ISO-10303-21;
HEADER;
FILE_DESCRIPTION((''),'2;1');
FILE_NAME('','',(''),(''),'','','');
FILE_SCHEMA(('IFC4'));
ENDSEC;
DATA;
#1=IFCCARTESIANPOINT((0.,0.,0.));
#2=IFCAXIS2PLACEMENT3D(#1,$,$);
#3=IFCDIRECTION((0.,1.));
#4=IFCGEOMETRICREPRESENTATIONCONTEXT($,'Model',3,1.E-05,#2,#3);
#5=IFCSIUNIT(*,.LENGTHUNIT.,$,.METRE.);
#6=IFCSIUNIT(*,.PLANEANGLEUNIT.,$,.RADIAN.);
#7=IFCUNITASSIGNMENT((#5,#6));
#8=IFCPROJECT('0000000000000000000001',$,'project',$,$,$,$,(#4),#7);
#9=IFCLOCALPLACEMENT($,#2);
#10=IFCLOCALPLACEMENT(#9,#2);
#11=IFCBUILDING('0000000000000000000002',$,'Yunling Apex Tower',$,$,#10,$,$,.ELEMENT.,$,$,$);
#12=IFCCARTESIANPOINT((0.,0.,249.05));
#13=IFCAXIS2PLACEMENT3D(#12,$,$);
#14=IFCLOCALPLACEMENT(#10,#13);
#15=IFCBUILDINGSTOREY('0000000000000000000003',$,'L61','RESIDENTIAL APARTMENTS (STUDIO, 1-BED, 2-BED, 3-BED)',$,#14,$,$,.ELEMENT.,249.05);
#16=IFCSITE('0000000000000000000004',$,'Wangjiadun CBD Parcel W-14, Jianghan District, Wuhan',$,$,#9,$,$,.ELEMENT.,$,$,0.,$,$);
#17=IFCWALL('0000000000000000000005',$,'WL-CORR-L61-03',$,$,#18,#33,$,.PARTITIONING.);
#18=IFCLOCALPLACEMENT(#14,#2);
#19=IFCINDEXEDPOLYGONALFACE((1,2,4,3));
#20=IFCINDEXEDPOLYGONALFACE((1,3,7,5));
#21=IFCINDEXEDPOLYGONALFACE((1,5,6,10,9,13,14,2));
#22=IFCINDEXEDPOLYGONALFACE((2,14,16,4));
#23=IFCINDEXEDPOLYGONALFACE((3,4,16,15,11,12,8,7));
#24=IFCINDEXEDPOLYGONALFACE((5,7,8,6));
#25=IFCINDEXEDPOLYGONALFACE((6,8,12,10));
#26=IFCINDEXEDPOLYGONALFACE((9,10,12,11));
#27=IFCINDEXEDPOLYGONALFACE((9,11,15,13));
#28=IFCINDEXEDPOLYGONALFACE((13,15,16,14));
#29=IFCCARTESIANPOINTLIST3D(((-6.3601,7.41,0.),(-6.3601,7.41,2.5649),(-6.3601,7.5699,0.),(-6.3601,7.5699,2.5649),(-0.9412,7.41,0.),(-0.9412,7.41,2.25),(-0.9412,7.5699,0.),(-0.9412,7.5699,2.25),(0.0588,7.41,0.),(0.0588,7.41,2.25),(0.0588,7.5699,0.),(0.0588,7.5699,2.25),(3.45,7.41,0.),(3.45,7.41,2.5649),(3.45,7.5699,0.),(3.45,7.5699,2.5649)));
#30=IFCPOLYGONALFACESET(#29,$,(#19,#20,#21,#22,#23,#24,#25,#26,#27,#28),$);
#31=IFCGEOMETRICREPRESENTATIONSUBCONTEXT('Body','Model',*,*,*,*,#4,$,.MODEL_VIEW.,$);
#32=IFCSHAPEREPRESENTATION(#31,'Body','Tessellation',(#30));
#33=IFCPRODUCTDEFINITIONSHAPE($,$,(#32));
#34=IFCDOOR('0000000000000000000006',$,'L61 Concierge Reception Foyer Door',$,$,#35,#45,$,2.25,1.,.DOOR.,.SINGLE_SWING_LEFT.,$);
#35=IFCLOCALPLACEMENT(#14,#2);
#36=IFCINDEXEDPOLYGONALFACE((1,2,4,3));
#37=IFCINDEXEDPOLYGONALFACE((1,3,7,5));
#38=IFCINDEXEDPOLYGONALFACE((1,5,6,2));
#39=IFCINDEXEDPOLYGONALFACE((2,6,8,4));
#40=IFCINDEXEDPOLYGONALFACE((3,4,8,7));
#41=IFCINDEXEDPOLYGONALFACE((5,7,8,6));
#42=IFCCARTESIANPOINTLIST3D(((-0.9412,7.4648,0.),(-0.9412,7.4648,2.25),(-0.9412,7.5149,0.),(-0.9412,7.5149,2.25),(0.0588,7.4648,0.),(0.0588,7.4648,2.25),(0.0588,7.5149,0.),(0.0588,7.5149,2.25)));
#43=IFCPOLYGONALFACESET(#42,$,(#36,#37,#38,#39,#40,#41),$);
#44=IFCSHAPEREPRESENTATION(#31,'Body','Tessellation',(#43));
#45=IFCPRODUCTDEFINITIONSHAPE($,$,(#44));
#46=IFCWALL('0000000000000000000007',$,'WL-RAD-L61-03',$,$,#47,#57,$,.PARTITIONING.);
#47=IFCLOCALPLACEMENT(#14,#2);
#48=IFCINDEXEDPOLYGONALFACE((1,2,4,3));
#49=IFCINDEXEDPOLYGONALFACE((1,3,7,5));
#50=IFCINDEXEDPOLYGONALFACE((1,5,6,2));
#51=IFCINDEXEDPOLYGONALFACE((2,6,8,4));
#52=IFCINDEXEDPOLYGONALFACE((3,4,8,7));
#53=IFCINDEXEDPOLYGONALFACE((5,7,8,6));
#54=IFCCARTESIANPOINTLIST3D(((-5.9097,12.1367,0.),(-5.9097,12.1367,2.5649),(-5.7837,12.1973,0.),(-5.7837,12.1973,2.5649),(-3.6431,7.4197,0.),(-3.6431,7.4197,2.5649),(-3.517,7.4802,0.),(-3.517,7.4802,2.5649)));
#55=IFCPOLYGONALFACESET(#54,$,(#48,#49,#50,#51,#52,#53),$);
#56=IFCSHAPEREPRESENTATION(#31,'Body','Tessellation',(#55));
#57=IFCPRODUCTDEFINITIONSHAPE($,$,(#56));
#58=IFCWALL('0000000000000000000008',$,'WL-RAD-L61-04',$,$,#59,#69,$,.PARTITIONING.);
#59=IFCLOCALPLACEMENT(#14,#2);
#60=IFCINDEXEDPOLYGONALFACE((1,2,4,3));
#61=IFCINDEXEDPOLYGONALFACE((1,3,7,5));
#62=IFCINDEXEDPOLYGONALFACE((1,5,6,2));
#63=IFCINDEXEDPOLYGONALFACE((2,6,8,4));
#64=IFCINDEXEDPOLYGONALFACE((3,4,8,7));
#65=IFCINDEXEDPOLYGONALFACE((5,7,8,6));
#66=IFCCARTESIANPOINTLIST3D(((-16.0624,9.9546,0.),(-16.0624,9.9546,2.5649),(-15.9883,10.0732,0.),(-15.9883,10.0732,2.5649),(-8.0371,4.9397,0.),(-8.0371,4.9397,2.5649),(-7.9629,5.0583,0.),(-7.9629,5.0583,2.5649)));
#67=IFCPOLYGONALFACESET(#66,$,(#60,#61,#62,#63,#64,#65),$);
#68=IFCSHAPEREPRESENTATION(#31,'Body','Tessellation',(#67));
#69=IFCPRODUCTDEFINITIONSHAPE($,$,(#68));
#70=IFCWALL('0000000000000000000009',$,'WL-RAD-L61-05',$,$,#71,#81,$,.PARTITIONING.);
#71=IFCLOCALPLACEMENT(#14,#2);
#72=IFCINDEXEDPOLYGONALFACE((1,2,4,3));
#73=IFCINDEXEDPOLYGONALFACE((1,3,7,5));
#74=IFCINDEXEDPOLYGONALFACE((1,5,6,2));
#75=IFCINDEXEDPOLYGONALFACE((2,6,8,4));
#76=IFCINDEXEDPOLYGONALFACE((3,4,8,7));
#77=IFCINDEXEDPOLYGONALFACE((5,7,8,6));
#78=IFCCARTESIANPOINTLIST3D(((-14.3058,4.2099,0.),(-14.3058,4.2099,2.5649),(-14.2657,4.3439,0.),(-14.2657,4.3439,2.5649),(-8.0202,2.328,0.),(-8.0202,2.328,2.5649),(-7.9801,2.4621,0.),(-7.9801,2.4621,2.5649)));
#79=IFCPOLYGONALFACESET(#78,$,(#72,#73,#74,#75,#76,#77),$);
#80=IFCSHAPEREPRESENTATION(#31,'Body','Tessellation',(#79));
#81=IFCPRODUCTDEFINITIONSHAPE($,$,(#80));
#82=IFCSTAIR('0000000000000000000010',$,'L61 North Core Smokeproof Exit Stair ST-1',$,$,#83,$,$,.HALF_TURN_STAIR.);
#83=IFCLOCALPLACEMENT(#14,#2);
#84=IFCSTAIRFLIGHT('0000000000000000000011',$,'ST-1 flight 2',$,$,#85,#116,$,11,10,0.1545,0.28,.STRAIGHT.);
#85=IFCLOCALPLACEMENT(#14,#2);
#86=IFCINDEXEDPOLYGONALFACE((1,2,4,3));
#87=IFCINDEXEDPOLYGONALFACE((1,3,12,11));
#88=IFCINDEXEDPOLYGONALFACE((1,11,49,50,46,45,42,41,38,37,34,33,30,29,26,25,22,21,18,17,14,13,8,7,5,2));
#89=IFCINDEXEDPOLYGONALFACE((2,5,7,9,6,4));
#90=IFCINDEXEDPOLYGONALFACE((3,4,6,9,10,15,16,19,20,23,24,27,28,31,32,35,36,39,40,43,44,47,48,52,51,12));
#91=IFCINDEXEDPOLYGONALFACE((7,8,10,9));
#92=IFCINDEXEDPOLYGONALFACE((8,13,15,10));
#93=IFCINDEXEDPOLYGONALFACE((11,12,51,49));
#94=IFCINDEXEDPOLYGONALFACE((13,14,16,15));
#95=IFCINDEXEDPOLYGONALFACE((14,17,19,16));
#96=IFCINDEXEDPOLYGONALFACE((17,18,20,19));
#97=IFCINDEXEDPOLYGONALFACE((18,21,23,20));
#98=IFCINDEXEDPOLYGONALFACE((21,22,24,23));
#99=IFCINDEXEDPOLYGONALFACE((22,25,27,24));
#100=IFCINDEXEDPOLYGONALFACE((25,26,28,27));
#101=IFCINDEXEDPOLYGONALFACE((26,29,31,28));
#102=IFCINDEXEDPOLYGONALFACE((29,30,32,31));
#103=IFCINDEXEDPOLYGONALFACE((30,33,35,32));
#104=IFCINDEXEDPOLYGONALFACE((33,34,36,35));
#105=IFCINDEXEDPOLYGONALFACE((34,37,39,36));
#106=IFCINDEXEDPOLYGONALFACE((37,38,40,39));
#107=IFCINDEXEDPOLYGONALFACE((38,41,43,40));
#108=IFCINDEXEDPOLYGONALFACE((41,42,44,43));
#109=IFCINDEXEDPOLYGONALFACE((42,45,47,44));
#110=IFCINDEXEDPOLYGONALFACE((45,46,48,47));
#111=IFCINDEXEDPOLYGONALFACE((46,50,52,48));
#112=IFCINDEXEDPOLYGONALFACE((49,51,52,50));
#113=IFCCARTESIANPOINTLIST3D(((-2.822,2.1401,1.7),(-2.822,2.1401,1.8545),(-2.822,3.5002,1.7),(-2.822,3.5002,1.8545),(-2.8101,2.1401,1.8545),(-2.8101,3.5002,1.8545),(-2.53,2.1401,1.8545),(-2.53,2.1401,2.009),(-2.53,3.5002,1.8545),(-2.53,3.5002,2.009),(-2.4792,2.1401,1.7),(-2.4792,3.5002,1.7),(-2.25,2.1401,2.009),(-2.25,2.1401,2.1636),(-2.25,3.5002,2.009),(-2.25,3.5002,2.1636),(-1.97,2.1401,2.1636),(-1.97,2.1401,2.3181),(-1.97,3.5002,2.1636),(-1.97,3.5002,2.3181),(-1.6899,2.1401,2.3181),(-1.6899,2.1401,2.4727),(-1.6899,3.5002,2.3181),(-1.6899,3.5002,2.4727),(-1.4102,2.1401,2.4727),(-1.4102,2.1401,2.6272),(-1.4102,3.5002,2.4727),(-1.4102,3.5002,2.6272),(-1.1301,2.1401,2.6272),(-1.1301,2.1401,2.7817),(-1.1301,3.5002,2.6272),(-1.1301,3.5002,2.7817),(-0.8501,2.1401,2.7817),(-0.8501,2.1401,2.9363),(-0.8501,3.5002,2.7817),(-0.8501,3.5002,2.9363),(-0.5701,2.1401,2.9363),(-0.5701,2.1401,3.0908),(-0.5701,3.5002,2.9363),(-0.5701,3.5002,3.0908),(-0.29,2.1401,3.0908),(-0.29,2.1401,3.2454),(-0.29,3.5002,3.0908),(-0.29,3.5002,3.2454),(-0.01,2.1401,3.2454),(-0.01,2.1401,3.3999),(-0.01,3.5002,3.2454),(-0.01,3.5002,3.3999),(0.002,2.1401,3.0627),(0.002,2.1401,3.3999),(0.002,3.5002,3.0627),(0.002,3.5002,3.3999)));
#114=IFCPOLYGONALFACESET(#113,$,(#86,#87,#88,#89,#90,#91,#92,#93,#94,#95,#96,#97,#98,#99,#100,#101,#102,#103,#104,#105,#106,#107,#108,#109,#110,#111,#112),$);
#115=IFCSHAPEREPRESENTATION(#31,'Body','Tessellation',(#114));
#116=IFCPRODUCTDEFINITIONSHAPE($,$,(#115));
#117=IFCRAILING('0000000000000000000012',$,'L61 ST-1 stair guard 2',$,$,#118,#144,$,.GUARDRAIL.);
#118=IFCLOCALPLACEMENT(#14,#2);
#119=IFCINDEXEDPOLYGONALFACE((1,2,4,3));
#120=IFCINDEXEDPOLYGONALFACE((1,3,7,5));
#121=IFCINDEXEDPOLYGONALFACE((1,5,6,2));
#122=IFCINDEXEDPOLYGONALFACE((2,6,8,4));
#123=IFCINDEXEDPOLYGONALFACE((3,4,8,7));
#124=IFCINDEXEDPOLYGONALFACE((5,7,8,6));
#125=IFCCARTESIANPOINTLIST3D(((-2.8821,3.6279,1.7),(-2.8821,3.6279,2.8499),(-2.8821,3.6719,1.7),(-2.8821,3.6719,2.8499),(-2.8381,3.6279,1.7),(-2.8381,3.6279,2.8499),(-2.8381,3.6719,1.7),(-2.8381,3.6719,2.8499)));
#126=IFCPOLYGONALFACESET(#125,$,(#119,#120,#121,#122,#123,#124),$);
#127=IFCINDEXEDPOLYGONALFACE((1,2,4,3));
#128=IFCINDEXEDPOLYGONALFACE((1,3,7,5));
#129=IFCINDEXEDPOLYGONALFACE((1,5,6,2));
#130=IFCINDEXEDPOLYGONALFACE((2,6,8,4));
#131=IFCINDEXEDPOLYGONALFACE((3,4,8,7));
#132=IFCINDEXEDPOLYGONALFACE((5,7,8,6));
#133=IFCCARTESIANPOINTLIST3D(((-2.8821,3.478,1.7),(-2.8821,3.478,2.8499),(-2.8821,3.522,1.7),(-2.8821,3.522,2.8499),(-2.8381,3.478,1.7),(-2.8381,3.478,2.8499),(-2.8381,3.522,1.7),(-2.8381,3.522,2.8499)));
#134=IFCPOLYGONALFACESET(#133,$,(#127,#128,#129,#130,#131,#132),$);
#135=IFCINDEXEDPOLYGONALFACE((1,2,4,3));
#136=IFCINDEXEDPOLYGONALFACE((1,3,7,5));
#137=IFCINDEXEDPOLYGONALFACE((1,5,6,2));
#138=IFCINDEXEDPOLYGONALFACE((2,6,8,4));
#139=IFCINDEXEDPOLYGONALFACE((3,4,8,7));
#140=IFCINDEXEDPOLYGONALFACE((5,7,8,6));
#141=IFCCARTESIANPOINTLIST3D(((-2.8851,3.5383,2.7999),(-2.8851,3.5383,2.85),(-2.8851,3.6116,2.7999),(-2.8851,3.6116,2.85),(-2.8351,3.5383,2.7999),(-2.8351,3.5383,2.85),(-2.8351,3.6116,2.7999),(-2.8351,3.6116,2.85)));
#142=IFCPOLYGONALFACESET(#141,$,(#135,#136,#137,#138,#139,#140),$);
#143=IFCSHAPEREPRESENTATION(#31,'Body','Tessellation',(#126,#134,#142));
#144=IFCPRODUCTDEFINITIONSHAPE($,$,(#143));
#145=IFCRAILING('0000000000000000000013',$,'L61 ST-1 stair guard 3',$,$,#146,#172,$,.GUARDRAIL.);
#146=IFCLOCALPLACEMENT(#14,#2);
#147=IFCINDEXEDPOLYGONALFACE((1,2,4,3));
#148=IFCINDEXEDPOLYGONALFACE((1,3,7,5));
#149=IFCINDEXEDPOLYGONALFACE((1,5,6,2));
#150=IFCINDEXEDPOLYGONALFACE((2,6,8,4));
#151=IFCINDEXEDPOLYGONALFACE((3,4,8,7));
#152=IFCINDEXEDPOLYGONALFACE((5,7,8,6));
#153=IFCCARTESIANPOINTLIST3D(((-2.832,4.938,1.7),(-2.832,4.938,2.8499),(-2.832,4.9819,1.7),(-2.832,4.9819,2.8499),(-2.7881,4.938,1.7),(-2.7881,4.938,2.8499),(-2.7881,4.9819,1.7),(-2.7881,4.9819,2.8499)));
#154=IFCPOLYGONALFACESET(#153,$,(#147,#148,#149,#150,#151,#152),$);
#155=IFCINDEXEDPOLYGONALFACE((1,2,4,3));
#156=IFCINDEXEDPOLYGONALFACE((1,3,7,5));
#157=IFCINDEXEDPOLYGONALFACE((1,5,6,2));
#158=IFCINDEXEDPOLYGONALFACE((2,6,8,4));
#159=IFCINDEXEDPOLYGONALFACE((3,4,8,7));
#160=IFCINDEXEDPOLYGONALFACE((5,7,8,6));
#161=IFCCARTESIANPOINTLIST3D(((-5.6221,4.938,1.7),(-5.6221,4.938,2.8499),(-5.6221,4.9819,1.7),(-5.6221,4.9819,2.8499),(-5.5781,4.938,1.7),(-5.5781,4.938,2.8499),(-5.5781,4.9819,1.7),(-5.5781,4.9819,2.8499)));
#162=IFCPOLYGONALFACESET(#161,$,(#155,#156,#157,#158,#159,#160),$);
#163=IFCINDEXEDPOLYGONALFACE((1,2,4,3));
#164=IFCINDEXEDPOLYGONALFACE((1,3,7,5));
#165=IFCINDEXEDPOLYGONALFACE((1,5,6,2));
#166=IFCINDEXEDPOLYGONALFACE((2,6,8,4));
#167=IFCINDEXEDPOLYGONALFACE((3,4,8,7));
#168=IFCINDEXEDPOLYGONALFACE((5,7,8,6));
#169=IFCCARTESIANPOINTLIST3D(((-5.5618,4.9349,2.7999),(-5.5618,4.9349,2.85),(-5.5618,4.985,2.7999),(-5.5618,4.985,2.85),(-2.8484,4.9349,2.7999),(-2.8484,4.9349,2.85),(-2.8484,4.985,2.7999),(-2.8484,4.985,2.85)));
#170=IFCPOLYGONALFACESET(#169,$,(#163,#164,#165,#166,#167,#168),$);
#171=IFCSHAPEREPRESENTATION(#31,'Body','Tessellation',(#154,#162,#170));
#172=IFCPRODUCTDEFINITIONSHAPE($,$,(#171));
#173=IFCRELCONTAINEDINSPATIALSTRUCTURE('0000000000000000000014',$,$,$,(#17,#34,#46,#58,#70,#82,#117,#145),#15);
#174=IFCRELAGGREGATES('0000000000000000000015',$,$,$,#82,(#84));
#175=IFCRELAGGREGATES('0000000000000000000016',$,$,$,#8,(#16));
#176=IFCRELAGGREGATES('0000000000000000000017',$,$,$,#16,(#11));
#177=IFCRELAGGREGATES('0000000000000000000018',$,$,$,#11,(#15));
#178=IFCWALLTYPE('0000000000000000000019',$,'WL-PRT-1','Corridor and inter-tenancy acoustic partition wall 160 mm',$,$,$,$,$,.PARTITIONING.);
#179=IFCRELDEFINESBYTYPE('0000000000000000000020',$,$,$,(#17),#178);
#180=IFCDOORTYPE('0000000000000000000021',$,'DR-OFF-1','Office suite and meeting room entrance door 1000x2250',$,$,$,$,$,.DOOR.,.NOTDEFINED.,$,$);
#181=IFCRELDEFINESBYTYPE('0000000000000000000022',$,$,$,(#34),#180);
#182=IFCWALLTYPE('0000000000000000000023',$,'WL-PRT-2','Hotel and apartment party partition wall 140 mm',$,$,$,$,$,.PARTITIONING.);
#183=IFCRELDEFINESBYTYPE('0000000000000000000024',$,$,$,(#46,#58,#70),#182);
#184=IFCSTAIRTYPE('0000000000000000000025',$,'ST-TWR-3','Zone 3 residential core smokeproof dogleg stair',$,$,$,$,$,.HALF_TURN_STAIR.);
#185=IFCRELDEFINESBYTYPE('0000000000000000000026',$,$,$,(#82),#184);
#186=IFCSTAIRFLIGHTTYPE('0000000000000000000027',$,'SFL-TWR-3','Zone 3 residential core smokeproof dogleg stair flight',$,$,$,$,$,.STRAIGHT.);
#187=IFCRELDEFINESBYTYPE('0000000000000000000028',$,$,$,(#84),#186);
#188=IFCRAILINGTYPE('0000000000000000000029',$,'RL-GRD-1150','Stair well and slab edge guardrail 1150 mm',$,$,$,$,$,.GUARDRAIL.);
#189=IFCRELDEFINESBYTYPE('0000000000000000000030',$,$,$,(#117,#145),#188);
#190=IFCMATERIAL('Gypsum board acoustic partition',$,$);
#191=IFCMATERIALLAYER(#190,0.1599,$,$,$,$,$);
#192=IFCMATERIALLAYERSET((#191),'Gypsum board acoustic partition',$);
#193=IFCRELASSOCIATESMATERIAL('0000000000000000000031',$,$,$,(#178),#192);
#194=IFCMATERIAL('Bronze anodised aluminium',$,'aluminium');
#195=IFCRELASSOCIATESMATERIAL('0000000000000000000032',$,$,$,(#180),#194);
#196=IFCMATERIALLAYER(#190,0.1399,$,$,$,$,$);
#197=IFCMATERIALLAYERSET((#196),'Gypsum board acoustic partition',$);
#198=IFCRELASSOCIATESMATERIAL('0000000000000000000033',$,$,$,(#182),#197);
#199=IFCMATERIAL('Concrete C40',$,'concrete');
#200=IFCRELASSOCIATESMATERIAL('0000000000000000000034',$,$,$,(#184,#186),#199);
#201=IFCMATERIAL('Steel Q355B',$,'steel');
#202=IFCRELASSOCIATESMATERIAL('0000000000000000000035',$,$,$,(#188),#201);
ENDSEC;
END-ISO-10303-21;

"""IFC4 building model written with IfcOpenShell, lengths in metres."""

from ifc_helpers import new_model, si_unit, direction, frame, frame_2d, origin, origin_2d, place, context, subcontext, project, spatial, polyline, rectangle, outline, extrude, material, layer, layer_set, type_object, element, fill, aggregate, save


model = new_model("IFC4")

# Units and contexts
model_context = context("Model", 3, precision=1e-05, world=origin(), true_north=direction((0.0, 1.0)))
body_context = subcontext(model_context, "Body", "Model", "MODEL_VIEW")
ifc_project = project(units=[si_unit("LENGTHUNIT", "METRE"), si_unit("PLANEANGLEUNIT", "RADIAN")], contexts=[model_context])

# Site, building, storey
site_placement = place(None, origin())
site = spatial("IfcSite", under=ifc_project, at=site_placement, Name="Wangjiadun CBD Parcel W-14, Jianghan District, Wuhan", CompositionType="ELEMENT", RefElevation=0.0)
building_placement = place(site_placement, origin())
building = spatial("IfcBuilding", under=site, at=building_placement, Name="Yunling Apex Tower", CompositionType="ELEMENT")
storey_placement = place(building_placement, frame((0.0, 0.0, 249.05)))
storey = spatial("IfcBuildingStorey", under=building, at=storey_placement, Name="L61", Description="RESIDENTIAL APARTMENTS (STUDIO, 1-BED, 2-BED, 3-BED)", CompositionType="ELEMENT", Elevation=249.05)

# Shared definitions
ifc_material_1 = material(Name="Steel Q355B", Category="steel")

# Shared definitions
ifc_material_2 = material(Name="Bronze anodised aluminium", Category="aluminium")

# Shared definitions
ifc_material_3 = material(Name="Concrete C40", Category="concrete")

# Shared definitions
ifc_material_4 = material(Name="Gypsum board acoustic partition")
ifc_layer_1 = layer(ifc_material_4, 0.1599)
ifc_layer_set_1 = layer_set([ifc_layer_1], Name="Gypsum board acoustic partition")
wall_type_1 = type_object("IfcWallType", Name="WL-PRT-1", Description="Corridor and inter-tenancy acoustic partition wall 160 mm", PredefinedType="PARTITIONING", material=ifc_layer_set_1)
door_type_1 = type_object("IfcDoorType", Name="DR-OFF-1", Description="Office suite and meeting room entrance door 1000x2250", OperationType="NOTDEFINED", PredefinedType="DOOR", material=ifc_material_2)

# Wall, opening, door
wall_1_placement = place(storey_placement, frame((-6.3601, 7.49, 0.0), z_axis=(0.0, 0.0, 1.0), x_axis=(1.0, 0.0, 0.0)))
wall_1 = element("IfcWall", 1, at=wall_1_placement, inside=storey, type_object=wall_type_1, Name="WL-CORR-L61-03", PredefinedType="PARTITIONING", context=body_context, shape_type="SweptSolid", body=[
    extrude(rectangle(XDim=9.8101, YDim=0.1599, at=frame_2d((4.905, 0.0))), origin(), (0.0, 0.0, 1.0), 2.5649),
])
opening_1_placement = place(wall_1_placement, frame((5.4189, 0.0, 0.0)))
opening_1 = element("IfcOpeningElement", 2, at=opening_1_placement, cuts=wall_1, PredefinedType="OPENING", context=body_context, shape_type="SweptSolid", body=[
    extrude(rectangle(XDim=1.0, YDim=2.25, at=frame_2d((0.5, 1.125))), frame((0.0, 0.0898, 0.0), z_axis=(0.0, -1.0, 0.0), x_axis=(1.0, 0.0, 0.0)), (0.0, 0.0, 1.0), 0.1799),
])
door_1_placement = place(opening_1_placement, origin())
door_1 = element("IfcDoor", 3, at=door_1_placement, inside=storey, type_object=door_type_1, Name="L61 Concierge Reception Foyer Door", OperationType="SINGLE_SWING_LEFT", OverallHeight=2.25, OverallWidth=1.0, PredefinedType="DOOR", context=body_context, shape_type="SweptSolid", body=[
    extrude(rectangle(XDim=1.0, YDim=2.25, at=frame_2d((0.5, 1.125))), frame((0.0, 0.0249, 0.0), z_axis=(0.0, -1.0, 0.0), x_axis=(1.0, 0.0, 0.0)), (0.0, 0.0, 1.0), 0.05),
])
fill(opening_1, door_1)

# Walls
ifc_layer_2 = layer(ifc_material_4, 0.1399)
ifc_layer_set_2 = layer_set([ifc_layer_2], Name="Gypsum board acoustic partition")
wall_type_2 = type_object("IfcWallType", Name="WL-PRT-2", Description="Hotel and apartment party partition wall 140 mm", PredefinedType="PARTITIONING", material=ifc_layer_set_2)
wall_2_placement = place(storey_placement, frame((-3.5801, 7.45, 0.0), z_axis=(0.0, 0.0, 1.0), x_axis=(-0.433107, 0.901342, 0.0)))
element("IfcWall", 4, at=wall_2_placement, inside=storey, type_object=wall_type_2, Name="WL-RAD-L61-03", PredefinedType="PARTITIONING", context=body_context, shape_type="SweptSolid", body=[
    extrude(rectangle(XDim=5.2334, YDim=0.1399, at=frame_2d((2.6167, 0.0))), origin(), (0.0, 0.0, 1.0), 2.5649),
])
wall_3_placement = place(storey_placement, frame((-8.0, 4.999, 0.0), z_axis=(0.0, 0.0, 1.0), x_axis=(-0.848045, 0.529925, 0.0)))
element("IfcWall", 5, at=wall_3_placement, inside=storey, type_object=wall_type_2, Name="WL-RAD-L61-04", PredefinedType="PARTITIONING", context=body_context, shape_type="SweptSolid", body=[
    extrude(rectangle(XDim=9.4634, YDim=0.1399, at=frame_2d((4.7317, 0.0))), origin(), (0.0, 0.0, 1.0), 2.5649),
])
wall_4_placement = place(storey_placement, frame((-8.0, 2.395, 0.0), z_axis=(0.0, 0.0, 1.0), x_axis=(-0.957988, 0.286808, 0.0)))
element("IfcWall", 6, at=wall_4_placement, inside=storey, type_object=wall_type_2, Name="WL-RAD-L61-05", PredefinedType="PARTITIONING", context=body_context, shape_type="SweptSolid", body=[
    extrude(rectangle(XDim=6.5613, YDim=0.1399, at=frame_2d((3.2808, 0.0))), origin(), (0.0, 0.0, 1.0), 2.5649),
])

# Stair, stair flight
stair_type = type_object("IfcStairType", Name="ST-TWR-3", Description="Zone 3 residential core smokeproof dogleg stair", PredefinedType="HALF_TURN_STAIR", material=ifc_material_3)
stair_placement = place(storey_placement, origin())
stair = element("IfcStair", 7, at=stair_placement, inside=storey, type_object=stair_type, Name="L61 North Core Smokeproof Exit Stair ST-1", PredefinedType="HALF_TURN_STAIR")
stair_flight_type = type_object("IfcStairFlightType", Name="SFL-TWR-3", Description="Zone 3 residential core smokeproof dogleg stair flight", PredefinedType="STRAIGHT", material=ifc_material_3)
stair_flight_placement = place(storey_placement, frame((-2.8101, 2.8201, 1.7), z_axis=(0.0, 0.0, 1.0), x_axis=(1.0, 0.0, 0.0)))
stair_flight = element("IfcStairFlight", 8, at=stair_flight_placement, type_object=stair_flight_type, Name="ST-1 flight 2", NumberOfRisers=11, NumberOfTreads=10, PredefinedType="STRAIGHT", RiserHeight=0.1545, TreadLength=0.28, context=body_context, shape_type="SweptSolid", body=[
    extrude(outline(polyline([(-0.012, 0.0), (-0.012, 0.1545), (0.0, 0.1545), (0.28, 0.1545), (0.28, 0.3091), (0.5601, 0.3091), (0.5601, 0.4636), (0.8401, 0.4636), (0.8401, 0.6182), (1.1201, 0.6182), (1.1201, 0.7727), (1.3999, 0.7727), (1.3999, 0.9272), (1.6799, 0.9272), (1.6799, 1.0818), (1.96, 1.0818), (1.96, 1.2363), (2.24, 1.2363), (2.24, 1.3909), (2.52, 1.3909), (2.52, 1.5454), (2.8, 1.5454), (2.8, 1.7), (2.812, 1.7), (2.812, 1.3628), (0.3308, 0.0), (-0.012, 0.0)])), frame((0.0, 0.6802, 0.0), z_axis=(0.0, -1.0, 0.0), x_axis=(1.0, 0.0, 0.0)), (0.0, 0.0, 1.0), 1.3601),
])
aggregate(stair, [stair_flight])

# Railings
railing_type_1 = type_object("IfcRailingType", Name="RL-GRD-1150", Description="Stair well and slab edge guardrail 1150 mm", PredefinedType="GUARDRAIL", material=ifc_material_1)
railing_1_placement = place(storey_placement, frame((-2.8601, 3.6499, 1.7)))
element("IfcRailing", 9, at=railing_1_placement, inside=storey, type_object=railing_type_1, Name="L61 ST-1 stair guard 2", PredefinedType="GUARDRAIL", context=body_context, shape_type="SweptSolid", body=[
    extrude(rectangle(XDim=0.0439, YDim=0.0439, at=origin_2d()), origin(), (0.0, 0.0, 1.0), 1.1499),
    extrude(rectangle(XDim=0.0439, YDim=0.0439, at=origin_2d()), frame((0.0, -0.1499, 0.0)), (0.0, 0.0, 1.0), 1.1499),
    extrude(rectangle(XDim=0.05, YDim=0.05, at=origin_2d()), frame((0.0, -0.0383, 1.125), z_axis=(0.0, -1.0, 0.0), x_axis=(1.0, 0.0, 0.0)), (0.0, 0.0, 1.0), 0.0732),
])
railing_2_placement = place(storey_placement, frame((-2.8101, 4.96, 1.7)))
element("IfcRailing", 10, at=railing_2_placement, inside=storey, type_object=railing_type_1, Name="L61 ST-1 stair guard 3", PredefinedType="GUARDRAIL", context=body_context, shape_type="SweptSolid", body=[
    extrude(rectangle(XDim=0.0439, YDim=0.0439, at=origin_2d()), origin(), (0.0, 0.0, 1.0), 1.1499),
    extrude(rectangle(XDim=0.0439, YDim=0.0439, at=origin_2d()), frame((-2.79, 0.0, 0.0)), (0.0, 0.0, 1.0), 1.1499),
    extrude(rectangle(XDim=0.05, YDim=0.05, at=origin_2d()), frame((-0.0383, 0.0, 1.125), z_axis=(-1.0, 0.0, 0.0), x_axis=(0.0, -1.0, 0.0)), (0.0, 0.0, 1.0), 2.7134),
])

save(model, "model.ifc")
